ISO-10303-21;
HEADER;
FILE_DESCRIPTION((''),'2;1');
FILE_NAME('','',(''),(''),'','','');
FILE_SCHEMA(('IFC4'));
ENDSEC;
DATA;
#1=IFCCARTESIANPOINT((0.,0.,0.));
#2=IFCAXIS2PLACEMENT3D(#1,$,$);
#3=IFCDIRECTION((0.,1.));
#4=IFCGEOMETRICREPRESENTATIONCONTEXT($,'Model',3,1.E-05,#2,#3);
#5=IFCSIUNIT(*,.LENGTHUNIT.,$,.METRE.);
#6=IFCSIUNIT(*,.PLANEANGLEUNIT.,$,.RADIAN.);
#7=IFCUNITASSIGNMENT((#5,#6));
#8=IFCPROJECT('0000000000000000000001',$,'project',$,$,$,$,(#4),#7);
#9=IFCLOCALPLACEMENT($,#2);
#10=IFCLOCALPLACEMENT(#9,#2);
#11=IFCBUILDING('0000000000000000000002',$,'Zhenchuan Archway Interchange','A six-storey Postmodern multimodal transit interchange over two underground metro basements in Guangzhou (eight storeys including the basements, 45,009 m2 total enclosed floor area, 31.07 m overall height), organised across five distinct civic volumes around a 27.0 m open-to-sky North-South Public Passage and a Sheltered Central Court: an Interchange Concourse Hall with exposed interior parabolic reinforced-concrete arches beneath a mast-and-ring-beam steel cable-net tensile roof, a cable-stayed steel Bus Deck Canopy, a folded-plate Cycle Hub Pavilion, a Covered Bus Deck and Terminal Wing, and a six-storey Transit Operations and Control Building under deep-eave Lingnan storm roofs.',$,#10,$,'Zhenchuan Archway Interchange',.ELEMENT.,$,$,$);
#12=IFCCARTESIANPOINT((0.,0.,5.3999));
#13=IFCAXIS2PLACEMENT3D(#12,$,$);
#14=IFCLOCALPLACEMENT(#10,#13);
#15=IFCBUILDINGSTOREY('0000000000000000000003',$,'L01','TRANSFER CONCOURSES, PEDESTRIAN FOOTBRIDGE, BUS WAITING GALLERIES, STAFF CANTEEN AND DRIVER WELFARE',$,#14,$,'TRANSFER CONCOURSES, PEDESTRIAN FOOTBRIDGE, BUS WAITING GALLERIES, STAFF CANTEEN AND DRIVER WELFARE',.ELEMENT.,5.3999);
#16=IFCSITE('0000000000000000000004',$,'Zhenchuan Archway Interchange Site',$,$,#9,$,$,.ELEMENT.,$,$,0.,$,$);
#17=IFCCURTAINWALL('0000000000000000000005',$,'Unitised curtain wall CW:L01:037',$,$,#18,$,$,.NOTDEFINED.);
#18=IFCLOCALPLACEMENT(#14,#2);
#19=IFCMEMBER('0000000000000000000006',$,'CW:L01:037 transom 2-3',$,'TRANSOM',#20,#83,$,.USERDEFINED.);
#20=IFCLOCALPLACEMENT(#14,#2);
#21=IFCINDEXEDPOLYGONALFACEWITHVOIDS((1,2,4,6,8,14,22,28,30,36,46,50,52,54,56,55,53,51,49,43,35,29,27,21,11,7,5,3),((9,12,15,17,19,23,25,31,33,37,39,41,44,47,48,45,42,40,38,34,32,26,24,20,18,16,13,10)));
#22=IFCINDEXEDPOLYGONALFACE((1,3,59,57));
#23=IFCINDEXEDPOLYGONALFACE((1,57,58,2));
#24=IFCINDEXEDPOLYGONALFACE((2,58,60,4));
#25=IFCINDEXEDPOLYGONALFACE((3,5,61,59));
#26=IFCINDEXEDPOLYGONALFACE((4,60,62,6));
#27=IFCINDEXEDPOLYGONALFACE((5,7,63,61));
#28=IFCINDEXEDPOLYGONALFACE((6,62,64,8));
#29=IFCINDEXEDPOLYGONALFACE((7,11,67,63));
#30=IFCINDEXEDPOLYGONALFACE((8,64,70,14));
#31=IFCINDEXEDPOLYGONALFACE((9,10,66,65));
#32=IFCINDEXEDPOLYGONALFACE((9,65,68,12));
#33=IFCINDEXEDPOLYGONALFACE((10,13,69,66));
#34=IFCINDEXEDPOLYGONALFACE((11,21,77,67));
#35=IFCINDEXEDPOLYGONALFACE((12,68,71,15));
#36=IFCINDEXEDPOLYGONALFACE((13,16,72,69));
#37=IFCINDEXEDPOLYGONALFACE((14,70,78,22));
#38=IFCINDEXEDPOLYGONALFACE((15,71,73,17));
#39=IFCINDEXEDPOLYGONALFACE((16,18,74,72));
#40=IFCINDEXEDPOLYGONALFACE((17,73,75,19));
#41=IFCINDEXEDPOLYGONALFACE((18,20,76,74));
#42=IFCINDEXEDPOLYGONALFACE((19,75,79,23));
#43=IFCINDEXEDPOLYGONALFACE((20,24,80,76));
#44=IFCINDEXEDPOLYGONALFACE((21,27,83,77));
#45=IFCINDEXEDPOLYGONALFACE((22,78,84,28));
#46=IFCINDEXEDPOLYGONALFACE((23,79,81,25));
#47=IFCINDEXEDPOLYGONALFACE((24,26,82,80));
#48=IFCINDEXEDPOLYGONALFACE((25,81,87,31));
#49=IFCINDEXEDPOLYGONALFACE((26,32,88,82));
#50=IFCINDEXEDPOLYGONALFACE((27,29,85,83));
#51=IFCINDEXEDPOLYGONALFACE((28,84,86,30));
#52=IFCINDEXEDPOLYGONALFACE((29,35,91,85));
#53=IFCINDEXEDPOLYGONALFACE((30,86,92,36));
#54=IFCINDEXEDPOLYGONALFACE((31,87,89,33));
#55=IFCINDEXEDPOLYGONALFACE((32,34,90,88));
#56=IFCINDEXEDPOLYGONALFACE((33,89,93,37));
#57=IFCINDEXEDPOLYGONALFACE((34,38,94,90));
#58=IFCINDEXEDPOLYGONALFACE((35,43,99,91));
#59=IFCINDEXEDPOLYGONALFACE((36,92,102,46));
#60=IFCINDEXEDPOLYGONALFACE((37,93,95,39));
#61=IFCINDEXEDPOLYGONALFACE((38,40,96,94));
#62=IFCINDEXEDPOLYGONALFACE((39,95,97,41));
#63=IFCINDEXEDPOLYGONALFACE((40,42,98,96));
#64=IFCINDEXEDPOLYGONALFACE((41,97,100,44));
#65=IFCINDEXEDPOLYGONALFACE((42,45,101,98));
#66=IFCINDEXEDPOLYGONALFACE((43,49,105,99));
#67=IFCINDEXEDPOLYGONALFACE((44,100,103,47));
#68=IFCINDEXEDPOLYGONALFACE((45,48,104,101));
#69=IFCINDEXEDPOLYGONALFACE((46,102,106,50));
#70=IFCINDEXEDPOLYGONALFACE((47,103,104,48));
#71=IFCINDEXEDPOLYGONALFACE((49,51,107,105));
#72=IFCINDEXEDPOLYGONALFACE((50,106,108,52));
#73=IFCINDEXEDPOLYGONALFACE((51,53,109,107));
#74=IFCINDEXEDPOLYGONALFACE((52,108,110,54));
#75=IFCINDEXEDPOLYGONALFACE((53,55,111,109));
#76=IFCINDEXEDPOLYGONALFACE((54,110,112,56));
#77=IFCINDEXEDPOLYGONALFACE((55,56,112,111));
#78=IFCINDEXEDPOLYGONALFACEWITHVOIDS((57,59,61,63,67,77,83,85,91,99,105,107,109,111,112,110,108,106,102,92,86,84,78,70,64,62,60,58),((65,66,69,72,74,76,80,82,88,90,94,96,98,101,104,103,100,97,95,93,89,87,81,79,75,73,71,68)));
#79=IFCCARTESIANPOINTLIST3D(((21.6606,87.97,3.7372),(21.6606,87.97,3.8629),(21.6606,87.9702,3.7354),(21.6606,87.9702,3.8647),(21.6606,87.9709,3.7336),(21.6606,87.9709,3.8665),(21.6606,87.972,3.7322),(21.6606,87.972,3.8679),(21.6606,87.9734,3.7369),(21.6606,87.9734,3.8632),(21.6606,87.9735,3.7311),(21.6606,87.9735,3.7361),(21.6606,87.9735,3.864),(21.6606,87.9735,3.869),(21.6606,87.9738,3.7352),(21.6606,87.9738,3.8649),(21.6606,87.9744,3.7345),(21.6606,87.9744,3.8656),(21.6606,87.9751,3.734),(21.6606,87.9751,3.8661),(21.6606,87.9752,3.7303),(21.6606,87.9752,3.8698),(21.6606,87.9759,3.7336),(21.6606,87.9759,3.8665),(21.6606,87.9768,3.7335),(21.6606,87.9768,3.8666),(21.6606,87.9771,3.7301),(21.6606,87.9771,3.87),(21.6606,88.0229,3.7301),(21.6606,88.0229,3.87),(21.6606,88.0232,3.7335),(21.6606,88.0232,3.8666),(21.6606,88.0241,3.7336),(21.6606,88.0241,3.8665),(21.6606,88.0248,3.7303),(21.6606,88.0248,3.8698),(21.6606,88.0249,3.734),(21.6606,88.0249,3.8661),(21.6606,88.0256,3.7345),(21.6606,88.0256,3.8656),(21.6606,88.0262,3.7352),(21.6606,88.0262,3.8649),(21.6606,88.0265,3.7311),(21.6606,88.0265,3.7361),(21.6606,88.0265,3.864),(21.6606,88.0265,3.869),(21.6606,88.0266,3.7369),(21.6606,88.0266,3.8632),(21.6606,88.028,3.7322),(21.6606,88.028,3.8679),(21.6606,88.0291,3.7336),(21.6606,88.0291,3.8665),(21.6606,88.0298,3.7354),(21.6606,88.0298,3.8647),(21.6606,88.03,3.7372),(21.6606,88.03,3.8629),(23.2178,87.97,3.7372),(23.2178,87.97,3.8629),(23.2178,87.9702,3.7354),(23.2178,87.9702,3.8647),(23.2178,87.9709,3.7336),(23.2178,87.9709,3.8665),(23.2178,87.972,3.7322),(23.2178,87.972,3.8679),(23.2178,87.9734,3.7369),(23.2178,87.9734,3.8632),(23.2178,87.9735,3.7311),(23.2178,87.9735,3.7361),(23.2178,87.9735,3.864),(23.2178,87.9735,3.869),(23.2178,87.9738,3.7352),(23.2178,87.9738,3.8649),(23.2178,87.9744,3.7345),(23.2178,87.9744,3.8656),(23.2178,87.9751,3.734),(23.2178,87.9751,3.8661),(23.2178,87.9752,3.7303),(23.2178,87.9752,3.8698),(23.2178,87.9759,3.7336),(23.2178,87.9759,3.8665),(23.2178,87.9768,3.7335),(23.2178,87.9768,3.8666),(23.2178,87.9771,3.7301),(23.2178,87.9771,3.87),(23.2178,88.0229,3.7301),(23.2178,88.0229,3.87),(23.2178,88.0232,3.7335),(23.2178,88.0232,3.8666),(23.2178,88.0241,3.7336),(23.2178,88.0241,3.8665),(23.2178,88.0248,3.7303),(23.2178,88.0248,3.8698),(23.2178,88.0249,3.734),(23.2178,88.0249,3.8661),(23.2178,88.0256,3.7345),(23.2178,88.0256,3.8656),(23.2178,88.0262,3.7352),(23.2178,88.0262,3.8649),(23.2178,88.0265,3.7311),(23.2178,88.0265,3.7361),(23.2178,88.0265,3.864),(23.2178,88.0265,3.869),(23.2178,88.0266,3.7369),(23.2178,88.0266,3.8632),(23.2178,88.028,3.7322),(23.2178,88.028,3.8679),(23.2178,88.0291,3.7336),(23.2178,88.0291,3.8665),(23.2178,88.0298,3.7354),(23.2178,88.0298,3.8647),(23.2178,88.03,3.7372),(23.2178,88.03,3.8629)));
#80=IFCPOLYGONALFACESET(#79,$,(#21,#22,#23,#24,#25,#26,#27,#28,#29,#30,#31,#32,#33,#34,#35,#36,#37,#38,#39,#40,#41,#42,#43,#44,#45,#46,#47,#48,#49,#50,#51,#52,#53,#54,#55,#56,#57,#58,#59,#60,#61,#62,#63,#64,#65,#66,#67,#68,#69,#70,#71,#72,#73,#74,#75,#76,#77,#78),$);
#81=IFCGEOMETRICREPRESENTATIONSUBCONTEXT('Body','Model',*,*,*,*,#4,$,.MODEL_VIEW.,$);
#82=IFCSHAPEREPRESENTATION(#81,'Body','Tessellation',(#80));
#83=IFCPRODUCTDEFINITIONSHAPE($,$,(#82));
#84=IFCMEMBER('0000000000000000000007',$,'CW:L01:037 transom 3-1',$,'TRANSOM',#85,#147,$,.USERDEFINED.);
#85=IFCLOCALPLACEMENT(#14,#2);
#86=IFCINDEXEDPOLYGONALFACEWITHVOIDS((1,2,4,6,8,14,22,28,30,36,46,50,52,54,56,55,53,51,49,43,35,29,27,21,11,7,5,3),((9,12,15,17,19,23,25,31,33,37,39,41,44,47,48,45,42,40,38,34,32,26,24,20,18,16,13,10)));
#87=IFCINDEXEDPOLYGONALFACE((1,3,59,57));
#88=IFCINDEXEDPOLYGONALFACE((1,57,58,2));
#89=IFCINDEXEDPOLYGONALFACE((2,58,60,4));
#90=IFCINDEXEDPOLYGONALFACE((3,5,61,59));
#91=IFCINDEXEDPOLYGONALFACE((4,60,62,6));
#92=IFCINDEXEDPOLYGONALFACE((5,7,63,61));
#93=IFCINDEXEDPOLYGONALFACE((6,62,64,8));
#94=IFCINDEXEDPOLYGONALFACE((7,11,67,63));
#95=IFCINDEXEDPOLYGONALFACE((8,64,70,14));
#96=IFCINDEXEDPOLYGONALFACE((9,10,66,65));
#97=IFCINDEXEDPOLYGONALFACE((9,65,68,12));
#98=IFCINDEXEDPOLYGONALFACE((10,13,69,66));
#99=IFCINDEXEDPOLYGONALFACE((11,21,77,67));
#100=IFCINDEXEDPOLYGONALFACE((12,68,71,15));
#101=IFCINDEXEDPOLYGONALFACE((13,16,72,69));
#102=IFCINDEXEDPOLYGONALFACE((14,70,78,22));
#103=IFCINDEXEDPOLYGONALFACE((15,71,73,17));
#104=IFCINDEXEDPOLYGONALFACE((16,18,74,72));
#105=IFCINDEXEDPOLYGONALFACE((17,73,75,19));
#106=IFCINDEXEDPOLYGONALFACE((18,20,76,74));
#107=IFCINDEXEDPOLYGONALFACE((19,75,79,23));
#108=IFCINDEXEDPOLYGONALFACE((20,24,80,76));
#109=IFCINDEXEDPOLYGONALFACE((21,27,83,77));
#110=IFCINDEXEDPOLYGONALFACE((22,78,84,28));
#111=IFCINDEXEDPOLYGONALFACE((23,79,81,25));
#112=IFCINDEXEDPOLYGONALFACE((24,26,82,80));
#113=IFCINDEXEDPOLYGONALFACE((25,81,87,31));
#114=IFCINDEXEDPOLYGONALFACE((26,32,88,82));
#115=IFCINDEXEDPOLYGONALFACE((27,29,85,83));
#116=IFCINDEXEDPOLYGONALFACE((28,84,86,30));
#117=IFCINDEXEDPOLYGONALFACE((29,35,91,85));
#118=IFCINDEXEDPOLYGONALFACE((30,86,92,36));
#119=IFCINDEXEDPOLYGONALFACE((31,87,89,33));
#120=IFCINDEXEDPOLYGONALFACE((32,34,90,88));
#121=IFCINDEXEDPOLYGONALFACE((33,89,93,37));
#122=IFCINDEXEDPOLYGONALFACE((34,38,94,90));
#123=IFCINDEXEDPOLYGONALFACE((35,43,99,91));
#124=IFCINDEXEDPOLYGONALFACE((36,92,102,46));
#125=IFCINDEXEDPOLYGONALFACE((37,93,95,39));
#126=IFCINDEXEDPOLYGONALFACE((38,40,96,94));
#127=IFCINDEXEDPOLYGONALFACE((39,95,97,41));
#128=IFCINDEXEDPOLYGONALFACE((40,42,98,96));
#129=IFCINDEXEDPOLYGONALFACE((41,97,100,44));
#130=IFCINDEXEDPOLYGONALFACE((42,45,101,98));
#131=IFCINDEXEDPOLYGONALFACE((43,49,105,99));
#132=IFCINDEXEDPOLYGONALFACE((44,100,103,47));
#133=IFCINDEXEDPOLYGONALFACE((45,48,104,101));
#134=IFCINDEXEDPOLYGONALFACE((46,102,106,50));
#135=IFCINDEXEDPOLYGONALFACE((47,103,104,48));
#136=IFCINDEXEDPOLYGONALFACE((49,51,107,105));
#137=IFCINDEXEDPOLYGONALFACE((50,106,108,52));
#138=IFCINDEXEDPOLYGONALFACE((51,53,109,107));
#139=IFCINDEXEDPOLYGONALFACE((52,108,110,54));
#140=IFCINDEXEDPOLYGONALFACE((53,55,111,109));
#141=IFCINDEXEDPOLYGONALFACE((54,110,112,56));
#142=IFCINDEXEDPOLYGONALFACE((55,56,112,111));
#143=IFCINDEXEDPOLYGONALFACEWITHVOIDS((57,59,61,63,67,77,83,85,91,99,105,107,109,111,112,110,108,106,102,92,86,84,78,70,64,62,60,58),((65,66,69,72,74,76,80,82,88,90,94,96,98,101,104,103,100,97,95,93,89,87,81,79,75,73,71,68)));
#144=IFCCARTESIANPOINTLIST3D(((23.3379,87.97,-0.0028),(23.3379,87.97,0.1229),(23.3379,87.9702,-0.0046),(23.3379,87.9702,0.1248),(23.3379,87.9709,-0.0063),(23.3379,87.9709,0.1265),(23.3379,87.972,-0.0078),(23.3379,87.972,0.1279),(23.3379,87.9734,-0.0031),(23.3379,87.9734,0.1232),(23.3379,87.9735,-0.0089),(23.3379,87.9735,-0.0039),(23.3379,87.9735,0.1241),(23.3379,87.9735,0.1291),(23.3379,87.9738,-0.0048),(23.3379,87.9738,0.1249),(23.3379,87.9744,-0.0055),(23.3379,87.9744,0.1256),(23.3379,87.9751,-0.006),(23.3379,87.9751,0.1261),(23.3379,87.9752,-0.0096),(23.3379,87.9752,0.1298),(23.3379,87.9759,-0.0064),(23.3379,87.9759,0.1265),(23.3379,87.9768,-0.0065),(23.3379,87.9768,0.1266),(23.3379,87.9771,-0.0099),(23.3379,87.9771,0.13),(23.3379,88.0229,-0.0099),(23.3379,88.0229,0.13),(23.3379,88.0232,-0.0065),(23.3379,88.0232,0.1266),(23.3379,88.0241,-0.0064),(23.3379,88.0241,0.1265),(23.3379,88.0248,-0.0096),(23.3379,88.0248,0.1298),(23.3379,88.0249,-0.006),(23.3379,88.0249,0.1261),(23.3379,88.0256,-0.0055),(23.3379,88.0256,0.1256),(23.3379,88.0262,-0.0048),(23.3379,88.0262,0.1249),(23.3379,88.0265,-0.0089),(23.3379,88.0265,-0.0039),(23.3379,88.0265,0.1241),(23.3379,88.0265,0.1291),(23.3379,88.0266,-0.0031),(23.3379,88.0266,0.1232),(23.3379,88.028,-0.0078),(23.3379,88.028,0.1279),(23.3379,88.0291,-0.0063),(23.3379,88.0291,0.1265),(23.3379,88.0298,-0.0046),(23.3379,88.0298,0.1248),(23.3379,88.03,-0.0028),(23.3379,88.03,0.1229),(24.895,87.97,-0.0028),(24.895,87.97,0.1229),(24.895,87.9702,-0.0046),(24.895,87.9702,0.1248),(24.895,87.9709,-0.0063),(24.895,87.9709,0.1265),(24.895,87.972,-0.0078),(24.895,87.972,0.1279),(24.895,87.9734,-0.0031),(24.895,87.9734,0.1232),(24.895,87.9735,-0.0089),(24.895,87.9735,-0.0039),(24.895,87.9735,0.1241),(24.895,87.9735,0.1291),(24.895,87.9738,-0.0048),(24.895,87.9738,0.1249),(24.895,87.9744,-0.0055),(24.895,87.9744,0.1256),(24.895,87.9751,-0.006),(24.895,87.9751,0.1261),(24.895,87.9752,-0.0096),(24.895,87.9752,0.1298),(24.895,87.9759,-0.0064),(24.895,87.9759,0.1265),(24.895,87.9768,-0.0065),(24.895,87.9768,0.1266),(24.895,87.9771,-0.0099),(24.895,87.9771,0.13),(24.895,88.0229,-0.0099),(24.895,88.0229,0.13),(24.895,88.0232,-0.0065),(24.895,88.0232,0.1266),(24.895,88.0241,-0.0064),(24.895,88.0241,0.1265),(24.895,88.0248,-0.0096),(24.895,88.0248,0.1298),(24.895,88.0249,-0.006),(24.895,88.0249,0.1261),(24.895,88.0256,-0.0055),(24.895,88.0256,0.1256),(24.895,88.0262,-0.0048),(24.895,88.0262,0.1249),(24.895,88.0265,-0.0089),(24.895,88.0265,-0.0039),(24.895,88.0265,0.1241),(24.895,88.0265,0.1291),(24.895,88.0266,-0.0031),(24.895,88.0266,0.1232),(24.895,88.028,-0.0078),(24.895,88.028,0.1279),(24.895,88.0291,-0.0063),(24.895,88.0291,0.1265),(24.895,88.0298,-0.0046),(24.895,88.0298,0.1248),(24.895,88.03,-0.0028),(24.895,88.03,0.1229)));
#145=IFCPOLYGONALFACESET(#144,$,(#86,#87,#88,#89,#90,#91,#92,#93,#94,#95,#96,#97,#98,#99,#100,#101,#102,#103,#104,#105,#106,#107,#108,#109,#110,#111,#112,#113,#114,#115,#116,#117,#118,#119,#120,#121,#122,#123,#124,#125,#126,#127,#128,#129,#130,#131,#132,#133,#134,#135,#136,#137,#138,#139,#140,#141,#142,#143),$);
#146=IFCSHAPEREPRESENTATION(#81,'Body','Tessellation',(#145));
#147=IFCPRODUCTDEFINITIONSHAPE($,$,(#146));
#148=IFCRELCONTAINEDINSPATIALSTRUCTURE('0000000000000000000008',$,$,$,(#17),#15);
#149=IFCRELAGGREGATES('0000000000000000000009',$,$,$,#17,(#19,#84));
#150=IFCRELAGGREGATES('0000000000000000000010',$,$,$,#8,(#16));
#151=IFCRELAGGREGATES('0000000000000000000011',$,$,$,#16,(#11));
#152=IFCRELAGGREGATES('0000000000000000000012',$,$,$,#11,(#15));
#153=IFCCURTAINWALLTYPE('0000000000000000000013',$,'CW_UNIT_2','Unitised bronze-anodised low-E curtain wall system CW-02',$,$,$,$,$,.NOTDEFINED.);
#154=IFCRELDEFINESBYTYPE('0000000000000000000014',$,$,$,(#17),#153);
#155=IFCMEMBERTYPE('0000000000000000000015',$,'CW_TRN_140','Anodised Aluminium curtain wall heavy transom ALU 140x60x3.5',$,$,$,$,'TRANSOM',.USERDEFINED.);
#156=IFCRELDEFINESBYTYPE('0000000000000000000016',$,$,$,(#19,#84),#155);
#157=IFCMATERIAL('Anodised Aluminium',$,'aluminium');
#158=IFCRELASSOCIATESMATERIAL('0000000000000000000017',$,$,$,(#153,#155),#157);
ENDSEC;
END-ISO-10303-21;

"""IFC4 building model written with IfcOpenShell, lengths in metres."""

from ifc_helpers import new_model, si_unit, direction, frame, origin, origin_2d, place, context, subcontext, project, spatial, hollow_rectangle, extrude, material, material_profile, profile_set, type_object, element, aggregate, save


model = new_model("IFC4")

# Units and contexts
model_context = context("Model", 3, precision=1e-05, world=origin(), true_north=direction((0.0, 1.0)))
body_context = subcontext(model_context, "Body", "Model", "MODEL_VIEW")
ifc_project = project(units=[si_unit("LENGTHUNIT", "METRE"), si_unit("PLANEANGLEUNIT", "RADIAN")], contexts=[model_context])

# Site, building, storey
site_placement = place(None, origin())
site = spatial("IfcSite", under=ifc_project, at=site_placement, Name="Zhenchuan Archway Interchange Site", CompositionType="ELEMENT", RefElevation=0.0)
building_placement = place(site_placement, origin())
building = spatial("IfcBuilding", under=site, at=building_placement, Name="Zhenchuan Archway Interchange", Description="A six-storey Postmodern multimodal transit interchange over two underground metro basements in Guangzhou (eight storeys including the basements, 45,009 m2 total enclosed floor area, 31.07 m overall height), organised across five distinct civic volumes around a 27.0 m open-to-sky North-South Public Passage and a Sheltered Central Court: an Interchange Concourse Hall with exposed interior parabolic reinforced-concrete arches beneath a mast-and-ring-beam steel cable-net tensile roof, a cable-stayed steel Bus Deck Canopy, a folded-plate Cycle Hub Pavilion, a Covered Bus Deck and Terminal Wing, and a six-storey Transit Operations and Control Building under deep-eave Lingnan storm roofs.", LongName="Zhenchuan Archway Interchange", CompositionType="ELEMENT")
storey_placement = place(building_placement, frame((0.0, 0.0, 5.3999)))
storey = spatial("IfcBuildingStorey", under=building, at=storey_placement, Name="L01", Description="TRANSFER CONCOURSES, PEDESTRIAN FOOTBRIDGE, BUS WAITING GALLERIES, STAFF CANTEEN AND DRIVER WELFARE", LongName="TRANSFER CONCOURSES, PEDESTRIAN FOOTBRIDGE, BUS WAITING GALLERIES, STAFF CANTEEN AND DRIVER WELFARE", CompositionType="ELEMENT", Elevation=5.3999)

# Shared definitions
ifc_material_1 = material(Name="Anodised Aluminium", Category="aluminium")

# Curtain wall
curtain_wall_type_1 = type_object("IfcCurtainWallType", Name="CW_UNIT_2", Description="Unitised bronze-anodised low-E curtain wall system CW-02", PredefinedType="NOTDEFINED", material=ifc_material_1)
curtain_wall_1_placement = place(storey_placement, origin())
curtain_wall_1 = element("IfcCurtainWall", 1, at=curtain_wall_1_placement, inside=storey, type_object=curtain_wall_type_1, Name="Unitised curtain wall CW:L01:037", PredefinedType="NOTDEFINED")

# Members
ifc_material_profile_1 = material_profile(ifc_material_1, hollow_rectangle(XDim=0.0601, YDim=0.1399, WallThickness=0.0034, InnerFilletRadius=0.0034, OuterFilletRadius=0.0071, at=origin_2d()), Name="ALU 140x60x3.5")
ifc_profile_set_1 = profile_set([ifc_material_profile_1], Name="Anodised Aluminium")
member_type_1 = type_object("IfcMemberType", Name="CW_TRN_140", Description="Anodised Aluminium curtain wall heavy transom ALU 140x60x3.5", ElementType="TRANSOM", PredefinedType="USERDEFINED", material=ifc_profile_set_1)
member_1_placement = place(storey_placement, frame((21.6606, 88.0, 3.8), z_axis=(1.0, 0.0, 0.0), x_axis=(0.0, 1.0, 0.0)))
member_1 = element("IfcMember", 2, at=member_1_placement, type_object=member_type_1, Name="CW:L01:037 transom 2-3", ObjectType="TRANSOM", PredefinedType="USERDEFINED", context=body_context, shape_type="SweptSolid", body=[
    extrude(hollow_rectangle(XDim=0.0601, YDim=0.1399, WallThickness=0.0034, InnerFilletRadius=0.0034, OuterFilletRadius=0.0071, at=origin_2d()), origin(), (0.0, 0.0, 1.0), 1.5571),
])
member_2_placement = place(storey_placement, frame((23.3379, 88.0, 0.0601), z_axis=(1.0, 0.0, 0.0), x_axis=(0.0, 1.0, 0.0)))
member_2 = element("IfcMember", 3, at=member_2_placement, type_object=member_type_1, Name="CW:L01:037 transom 3-1", ObjectType="TRANSOM", PredefinedType="USERDEFINED", context=body_context, shape_type="SweptSolid", body=[
    extrude(hollow_rectangle(XDim=0.0601, YDim=0.1399, WallThickness=0.0034, InnerFilletRadius=0.0034, OuterFilletRadius=0.0071, at=origin_2d()), origin(), (0.0, 0.0, 1.0), 1.5571),
])

aggregate(curtain_wall_1, [member_1, member_2])

save(model, "model.ifc")
